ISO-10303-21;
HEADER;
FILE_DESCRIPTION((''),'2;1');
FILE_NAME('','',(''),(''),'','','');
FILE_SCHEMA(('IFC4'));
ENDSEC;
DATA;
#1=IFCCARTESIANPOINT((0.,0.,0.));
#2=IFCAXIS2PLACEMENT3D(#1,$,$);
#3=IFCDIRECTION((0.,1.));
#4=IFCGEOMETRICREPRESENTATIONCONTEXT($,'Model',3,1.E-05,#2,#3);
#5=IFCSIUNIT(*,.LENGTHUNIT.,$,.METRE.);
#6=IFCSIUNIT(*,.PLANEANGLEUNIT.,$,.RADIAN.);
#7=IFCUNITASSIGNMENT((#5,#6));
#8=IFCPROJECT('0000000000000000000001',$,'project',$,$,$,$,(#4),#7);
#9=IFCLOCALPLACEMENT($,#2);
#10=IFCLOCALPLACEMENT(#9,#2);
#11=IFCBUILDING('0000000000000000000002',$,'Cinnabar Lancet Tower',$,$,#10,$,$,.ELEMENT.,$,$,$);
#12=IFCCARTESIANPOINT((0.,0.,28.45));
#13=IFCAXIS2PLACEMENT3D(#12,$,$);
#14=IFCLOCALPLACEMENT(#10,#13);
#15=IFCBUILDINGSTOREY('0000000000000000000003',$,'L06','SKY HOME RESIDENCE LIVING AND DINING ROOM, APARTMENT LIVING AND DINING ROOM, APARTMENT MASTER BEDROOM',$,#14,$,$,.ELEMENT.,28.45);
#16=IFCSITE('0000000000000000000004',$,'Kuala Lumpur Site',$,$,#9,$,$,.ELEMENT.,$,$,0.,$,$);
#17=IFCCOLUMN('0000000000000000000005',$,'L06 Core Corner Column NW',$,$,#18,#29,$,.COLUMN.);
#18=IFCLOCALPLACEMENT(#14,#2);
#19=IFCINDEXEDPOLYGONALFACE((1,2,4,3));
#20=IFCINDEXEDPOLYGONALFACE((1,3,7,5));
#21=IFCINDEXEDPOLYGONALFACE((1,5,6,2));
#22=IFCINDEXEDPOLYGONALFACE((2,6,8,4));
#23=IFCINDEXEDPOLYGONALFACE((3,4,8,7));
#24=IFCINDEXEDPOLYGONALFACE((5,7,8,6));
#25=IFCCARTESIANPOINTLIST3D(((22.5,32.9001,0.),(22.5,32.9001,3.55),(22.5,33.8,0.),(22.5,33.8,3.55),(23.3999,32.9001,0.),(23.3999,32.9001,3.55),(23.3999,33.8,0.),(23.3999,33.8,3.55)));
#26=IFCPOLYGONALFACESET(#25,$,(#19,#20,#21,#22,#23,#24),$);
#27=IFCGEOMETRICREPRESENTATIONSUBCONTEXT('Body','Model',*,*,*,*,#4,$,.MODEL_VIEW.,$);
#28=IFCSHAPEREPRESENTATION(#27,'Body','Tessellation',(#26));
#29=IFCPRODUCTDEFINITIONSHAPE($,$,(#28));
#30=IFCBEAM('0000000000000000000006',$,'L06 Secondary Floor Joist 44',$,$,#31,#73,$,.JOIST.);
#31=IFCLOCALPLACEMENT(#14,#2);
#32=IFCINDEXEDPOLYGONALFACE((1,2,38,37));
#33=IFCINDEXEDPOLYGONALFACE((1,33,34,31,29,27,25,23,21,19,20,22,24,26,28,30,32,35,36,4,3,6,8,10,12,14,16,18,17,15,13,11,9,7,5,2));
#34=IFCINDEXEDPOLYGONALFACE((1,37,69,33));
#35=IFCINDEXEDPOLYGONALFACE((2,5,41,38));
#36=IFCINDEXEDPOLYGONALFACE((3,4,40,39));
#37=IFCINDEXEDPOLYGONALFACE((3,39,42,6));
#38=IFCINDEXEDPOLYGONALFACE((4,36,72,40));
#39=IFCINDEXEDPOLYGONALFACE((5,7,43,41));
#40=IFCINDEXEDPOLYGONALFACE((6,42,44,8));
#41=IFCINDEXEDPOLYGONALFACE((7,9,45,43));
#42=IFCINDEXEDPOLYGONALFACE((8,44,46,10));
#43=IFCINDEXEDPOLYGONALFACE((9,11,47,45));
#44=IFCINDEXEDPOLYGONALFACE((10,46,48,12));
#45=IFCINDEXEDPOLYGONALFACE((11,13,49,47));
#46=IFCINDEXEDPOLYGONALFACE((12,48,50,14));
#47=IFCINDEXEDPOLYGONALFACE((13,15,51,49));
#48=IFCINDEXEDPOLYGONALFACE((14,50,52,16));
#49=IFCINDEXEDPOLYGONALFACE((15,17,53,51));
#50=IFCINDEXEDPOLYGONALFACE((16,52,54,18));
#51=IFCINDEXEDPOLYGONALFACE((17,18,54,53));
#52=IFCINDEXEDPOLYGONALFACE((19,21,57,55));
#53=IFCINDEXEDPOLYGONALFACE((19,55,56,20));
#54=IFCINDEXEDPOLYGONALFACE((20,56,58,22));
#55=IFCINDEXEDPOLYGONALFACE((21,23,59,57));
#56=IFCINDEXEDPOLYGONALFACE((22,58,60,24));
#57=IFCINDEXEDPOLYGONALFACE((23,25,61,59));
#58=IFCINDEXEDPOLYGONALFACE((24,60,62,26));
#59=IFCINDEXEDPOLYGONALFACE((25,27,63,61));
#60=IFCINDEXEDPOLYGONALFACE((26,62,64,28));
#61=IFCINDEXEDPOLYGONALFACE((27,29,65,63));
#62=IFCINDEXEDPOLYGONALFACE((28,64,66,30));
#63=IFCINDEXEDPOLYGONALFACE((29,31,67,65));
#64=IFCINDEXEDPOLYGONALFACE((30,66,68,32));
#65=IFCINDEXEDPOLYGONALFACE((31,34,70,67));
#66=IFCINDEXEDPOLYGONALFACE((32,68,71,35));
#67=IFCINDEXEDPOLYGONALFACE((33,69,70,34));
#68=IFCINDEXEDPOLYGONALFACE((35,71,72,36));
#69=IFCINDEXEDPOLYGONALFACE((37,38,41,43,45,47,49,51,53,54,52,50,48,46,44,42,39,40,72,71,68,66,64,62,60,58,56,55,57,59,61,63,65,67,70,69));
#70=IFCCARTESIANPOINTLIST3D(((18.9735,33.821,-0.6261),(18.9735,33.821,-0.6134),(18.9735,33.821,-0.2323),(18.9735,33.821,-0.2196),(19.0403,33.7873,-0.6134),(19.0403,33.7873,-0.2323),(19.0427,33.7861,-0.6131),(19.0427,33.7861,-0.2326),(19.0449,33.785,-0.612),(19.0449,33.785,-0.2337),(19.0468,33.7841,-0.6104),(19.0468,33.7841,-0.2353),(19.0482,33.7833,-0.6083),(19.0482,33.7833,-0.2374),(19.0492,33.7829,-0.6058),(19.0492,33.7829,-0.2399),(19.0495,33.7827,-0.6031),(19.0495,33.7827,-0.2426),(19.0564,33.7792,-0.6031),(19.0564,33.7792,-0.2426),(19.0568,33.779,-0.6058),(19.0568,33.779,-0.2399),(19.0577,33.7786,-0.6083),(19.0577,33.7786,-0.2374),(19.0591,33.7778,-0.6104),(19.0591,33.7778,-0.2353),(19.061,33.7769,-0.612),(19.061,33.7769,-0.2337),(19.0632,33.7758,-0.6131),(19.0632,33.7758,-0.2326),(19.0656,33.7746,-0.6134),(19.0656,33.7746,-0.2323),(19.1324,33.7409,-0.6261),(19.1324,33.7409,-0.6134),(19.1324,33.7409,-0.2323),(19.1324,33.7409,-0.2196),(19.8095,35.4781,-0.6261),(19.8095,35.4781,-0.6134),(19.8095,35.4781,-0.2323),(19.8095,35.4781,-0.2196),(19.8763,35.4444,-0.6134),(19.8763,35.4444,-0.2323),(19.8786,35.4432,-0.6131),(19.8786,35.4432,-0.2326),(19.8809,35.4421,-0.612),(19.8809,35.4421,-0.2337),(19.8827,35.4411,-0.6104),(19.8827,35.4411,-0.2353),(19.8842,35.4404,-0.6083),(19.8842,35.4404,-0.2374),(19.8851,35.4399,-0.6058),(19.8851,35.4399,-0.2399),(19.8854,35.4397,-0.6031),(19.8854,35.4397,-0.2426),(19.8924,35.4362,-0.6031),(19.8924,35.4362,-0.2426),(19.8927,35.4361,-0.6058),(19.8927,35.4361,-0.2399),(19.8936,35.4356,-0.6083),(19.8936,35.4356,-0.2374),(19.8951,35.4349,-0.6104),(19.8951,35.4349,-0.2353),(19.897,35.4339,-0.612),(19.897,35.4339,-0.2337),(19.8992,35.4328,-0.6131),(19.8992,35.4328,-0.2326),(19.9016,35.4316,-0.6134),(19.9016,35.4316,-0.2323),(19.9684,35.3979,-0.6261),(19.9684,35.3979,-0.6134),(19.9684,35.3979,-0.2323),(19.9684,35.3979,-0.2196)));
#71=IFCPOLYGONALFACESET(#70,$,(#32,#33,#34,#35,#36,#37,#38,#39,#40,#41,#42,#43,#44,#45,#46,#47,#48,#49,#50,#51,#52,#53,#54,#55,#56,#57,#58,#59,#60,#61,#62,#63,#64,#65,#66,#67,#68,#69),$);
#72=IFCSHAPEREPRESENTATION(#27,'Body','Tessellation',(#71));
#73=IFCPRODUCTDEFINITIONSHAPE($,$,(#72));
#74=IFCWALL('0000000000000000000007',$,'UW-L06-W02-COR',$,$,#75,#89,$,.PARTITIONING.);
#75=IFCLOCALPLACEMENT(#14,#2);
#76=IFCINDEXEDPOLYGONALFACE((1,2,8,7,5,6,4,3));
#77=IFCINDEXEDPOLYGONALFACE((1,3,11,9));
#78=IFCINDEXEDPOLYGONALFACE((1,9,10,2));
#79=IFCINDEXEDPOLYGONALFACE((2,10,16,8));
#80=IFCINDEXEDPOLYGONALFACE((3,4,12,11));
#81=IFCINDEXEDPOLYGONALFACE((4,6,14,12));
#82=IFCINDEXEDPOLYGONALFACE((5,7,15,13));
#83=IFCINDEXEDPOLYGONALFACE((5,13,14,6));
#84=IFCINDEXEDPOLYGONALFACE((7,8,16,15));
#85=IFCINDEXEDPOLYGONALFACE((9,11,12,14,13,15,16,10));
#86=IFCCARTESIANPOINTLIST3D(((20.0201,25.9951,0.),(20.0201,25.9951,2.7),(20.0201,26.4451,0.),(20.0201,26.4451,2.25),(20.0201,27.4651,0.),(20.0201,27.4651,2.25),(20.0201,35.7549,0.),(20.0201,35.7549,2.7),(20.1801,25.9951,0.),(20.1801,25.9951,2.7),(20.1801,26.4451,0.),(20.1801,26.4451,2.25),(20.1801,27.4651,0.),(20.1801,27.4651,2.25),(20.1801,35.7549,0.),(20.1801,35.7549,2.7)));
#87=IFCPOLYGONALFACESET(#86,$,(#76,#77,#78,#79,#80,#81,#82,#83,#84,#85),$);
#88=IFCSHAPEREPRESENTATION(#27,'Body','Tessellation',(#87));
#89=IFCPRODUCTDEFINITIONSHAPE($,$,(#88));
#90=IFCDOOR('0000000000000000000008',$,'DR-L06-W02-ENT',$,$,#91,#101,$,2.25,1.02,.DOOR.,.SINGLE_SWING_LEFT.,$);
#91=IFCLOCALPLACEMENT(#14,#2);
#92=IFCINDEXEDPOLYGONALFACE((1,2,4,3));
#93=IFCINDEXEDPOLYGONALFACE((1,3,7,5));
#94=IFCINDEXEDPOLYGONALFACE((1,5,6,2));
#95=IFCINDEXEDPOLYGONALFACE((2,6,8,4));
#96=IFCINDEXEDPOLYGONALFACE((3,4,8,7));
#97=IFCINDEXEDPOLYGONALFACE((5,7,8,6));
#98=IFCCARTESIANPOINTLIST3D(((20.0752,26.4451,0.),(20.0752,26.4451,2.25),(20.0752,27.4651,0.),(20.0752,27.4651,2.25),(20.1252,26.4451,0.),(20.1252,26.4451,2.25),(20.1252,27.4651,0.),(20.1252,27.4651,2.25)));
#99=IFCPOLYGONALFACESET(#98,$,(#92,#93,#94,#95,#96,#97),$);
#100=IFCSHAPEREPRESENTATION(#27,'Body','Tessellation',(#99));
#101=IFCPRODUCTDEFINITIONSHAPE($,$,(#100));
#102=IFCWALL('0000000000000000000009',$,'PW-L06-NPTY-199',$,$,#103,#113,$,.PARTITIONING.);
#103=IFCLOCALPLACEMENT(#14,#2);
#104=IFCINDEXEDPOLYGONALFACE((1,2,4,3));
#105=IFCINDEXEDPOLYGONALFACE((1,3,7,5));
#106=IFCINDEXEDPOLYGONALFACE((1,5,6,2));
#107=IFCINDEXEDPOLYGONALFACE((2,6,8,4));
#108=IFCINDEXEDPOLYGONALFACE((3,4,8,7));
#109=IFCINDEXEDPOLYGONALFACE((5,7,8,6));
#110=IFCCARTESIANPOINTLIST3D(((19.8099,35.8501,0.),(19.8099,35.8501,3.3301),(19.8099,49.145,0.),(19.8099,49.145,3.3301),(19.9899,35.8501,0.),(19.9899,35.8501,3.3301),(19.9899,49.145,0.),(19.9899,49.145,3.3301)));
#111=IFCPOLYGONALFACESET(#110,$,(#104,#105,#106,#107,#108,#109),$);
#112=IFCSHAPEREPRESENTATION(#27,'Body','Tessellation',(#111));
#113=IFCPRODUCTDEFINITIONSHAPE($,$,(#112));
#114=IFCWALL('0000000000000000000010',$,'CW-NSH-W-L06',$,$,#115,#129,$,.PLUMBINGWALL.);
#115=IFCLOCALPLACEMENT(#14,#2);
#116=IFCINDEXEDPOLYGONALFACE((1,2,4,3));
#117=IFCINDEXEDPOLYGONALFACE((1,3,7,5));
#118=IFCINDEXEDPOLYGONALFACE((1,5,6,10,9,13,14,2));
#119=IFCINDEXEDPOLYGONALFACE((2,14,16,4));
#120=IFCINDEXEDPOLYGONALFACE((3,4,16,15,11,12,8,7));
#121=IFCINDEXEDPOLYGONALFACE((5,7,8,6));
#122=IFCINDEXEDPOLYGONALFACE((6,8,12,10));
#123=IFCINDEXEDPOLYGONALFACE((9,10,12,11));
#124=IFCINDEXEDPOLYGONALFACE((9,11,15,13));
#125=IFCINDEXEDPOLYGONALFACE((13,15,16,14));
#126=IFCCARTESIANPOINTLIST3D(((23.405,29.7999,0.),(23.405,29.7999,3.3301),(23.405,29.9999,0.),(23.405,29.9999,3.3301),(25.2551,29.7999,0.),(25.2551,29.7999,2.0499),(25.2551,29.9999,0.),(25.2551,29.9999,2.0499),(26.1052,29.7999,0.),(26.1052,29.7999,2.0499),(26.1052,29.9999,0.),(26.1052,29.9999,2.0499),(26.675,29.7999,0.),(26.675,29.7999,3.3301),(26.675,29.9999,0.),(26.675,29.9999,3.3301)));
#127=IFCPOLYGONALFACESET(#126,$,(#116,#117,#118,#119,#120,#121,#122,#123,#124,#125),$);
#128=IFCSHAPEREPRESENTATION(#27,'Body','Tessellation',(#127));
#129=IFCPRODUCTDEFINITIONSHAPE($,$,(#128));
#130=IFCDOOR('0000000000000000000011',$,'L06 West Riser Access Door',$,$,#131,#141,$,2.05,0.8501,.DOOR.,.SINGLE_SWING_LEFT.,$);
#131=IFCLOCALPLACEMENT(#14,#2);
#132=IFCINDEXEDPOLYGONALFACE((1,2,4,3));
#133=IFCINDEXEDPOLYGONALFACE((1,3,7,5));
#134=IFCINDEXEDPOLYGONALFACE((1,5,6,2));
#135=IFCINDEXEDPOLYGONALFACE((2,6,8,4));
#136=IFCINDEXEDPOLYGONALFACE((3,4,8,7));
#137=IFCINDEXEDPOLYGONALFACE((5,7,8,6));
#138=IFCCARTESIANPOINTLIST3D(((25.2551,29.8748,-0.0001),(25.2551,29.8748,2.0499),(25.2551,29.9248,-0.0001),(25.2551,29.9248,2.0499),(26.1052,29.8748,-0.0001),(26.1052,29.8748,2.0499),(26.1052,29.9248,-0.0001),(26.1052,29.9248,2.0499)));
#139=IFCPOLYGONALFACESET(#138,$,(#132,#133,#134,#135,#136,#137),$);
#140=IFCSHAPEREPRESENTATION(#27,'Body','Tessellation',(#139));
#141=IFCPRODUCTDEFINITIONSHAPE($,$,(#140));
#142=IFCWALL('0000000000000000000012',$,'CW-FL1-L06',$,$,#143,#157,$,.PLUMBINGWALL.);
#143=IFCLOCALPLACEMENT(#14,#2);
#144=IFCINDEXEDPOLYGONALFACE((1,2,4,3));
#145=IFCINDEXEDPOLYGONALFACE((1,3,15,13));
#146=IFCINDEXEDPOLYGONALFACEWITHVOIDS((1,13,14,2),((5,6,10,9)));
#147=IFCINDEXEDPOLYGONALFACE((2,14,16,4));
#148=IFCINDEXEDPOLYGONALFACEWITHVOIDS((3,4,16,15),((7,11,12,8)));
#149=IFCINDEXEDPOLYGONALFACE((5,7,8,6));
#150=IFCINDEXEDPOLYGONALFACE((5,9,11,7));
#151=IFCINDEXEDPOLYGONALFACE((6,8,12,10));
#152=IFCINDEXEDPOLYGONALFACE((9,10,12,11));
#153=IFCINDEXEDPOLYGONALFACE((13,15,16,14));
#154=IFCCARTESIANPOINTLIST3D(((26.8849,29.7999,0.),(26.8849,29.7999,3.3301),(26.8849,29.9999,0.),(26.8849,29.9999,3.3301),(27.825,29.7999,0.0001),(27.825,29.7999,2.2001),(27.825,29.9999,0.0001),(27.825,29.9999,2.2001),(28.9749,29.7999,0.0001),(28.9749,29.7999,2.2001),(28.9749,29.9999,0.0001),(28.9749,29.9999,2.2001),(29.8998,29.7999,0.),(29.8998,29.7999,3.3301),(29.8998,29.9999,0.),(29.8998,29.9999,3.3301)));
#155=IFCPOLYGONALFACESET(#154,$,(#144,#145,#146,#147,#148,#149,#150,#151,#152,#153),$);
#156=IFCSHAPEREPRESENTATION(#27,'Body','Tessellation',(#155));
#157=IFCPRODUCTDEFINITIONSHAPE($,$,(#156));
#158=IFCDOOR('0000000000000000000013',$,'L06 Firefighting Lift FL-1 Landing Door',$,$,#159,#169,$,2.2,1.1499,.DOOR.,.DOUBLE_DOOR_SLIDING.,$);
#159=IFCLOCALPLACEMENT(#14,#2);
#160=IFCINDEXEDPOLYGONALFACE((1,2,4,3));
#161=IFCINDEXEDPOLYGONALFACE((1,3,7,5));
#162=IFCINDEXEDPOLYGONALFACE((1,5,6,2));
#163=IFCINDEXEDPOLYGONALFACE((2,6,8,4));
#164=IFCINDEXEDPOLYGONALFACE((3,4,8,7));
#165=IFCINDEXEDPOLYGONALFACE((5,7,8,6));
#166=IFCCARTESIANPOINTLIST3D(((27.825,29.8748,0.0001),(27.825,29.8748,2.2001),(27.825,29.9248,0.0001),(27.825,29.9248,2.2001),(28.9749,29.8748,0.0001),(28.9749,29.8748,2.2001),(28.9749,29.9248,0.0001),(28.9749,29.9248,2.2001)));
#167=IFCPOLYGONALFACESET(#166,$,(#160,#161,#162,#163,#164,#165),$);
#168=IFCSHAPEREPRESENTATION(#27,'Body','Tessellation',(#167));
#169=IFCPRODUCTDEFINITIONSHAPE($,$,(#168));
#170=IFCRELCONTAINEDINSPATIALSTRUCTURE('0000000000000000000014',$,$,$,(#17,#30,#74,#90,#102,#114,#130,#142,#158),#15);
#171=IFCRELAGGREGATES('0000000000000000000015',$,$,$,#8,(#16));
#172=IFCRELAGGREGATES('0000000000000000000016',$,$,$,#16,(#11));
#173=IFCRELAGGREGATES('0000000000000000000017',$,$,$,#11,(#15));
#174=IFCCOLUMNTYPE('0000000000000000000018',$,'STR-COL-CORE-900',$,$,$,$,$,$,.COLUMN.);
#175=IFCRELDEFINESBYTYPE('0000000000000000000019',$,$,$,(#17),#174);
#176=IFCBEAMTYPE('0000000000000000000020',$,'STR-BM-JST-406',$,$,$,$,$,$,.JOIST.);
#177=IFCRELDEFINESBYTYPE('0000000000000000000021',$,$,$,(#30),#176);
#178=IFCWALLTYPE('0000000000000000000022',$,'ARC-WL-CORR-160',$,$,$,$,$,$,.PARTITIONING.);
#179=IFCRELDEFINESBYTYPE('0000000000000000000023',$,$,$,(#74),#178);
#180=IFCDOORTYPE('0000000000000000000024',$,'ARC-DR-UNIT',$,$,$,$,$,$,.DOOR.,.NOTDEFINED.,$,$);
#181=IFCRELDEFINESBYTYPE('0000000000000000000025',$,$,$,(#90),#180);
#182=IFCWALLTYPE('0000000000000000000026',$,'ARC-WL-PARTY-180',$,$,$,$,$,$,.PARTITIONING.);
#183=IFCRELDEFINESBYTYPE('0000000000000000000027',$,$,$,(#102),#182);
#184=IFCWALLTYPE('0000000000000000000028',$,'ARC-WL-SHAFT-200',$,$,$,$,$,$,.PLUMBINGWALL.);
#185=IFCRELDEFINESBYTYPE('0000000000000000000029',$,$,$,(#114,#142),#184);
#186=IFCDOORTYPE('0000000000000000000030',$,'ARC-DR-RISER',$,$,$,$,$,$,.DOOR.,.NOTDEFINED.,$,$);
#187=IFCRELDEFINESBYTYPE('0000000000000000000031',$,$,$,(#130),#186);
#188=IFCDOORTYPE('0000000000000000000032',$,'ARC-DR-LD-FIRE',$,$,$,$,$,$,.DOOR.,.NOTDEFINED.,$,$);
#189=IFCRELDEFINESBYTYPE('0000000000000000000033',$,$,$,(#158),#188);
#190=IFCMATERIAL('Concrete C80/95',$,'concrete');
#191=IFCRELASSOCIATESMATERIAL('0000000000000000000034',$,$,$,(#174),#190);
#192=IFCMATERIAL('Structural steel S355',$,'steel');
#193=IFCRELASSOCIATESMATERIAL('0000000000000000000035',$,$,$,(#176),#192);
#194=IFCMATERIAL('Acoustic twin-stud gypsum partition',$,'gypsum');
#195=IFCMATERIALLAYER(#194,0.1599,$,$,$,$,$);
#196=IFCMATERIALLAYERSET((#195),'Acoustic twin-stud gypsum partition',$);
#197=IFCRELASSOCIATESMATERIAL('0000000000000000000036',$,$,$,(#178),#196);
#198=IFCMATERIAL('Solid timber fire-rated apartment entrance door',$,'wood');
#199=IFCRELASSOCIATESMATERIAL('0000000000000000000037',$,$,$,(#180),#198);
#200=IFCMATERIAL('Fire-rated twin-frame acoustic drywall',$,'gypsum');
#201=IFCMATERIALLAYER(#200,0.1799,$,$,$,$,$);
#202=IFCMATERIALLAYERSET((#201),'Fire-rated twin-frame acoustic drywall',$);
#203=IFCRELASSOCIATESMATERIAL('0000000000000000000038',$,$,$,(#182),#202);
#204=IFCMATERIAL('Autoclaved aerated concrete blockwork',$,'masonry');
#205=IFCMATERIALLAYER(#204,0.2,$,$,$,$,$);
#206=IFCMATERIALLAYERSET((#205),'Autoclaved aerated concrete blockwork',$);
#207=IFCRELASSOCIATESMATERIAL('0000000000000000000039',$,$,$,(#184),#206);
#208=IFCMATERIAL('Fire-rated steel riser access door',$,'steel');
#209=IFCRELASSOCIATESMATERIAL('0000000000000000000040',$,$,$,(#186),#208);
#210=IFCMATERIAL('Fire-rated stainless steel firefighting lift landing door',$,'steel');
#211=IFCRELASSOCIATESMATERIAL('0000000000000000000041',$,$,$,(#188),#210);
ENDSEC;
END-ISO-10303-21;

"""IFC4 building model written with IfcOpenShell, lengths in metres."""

from ifc_helpers import new_model, si_unit, direction, frame, frame_2d, origin, origin_2d, place, context, subcontext, project, spatial, rectangle, i_section, extrude, material, layer, layer_set, material_profile, profile_set, type_object, element, fill, save


model = new_model("IFC4")

# Units and contexts
model_context = context("Model", 3, precision=1e-05, world=origin(), true_north=direction((0.0, 1.0)))
body_context = subcontext(model_context, "Body", "Model", "MODEL_VIEW")
ifc_project = project(units=[si_unit("LENGTHUNIT", "METRE"), si_unit("PLANEANGLEUNIT", "RADIAN")], contexts=[model_context])

# Site, building, storey
site_placement = place(None, origin())
site = spatial("IfcSite", under=ifc_project, at=site_placement, Name="Kuala Lumpur Site", CompositionType="ELEMENT", RefElevation=0.0)
building_placement = place(site_placement, origin())
building = spatial("IfcBuilding", under=site, at=building_placement, Name="Cinnabar Lancet Tower", CompositionType="ELEMENT")
storey_placement = place(building_placement, frame((0.0, 0.0, 28.45)))
storey = spatial("IfcBuildingStorey", under=building, at=storey_placement, Name="L06", Description="SKY HOME RESIDENCE LIVING AND DINING ROOM, APARTMENT LIVING AND DINING ROOM, APARTMENT MASTER BEDROOM", CompositionType="ELEMENT", Elevation=28.45)

# Column
ifc_material_1 = material(Name="Concrete C80/95", Category="concrete")
ifc_material_profile_1 = material_profile(ifc_material_1, rectangle(XDim=0.8999, YDim=0.8999, at=origin_2d()), Name="RC-COL 900x900")
ifc_profile_set_1 = profile_set([ifc_material_profile_1], Name="Concrete C80/95")
column_type = type_object("IfcColumnType", Name="STR-COL-CORE-900", PredefinedType="COLUMN", material=ifc_profile_set_1)
column_placement = place(storey_placement, frame((22.95, 33.3501, 0.0), z_axis=(0.0, 0.0, 1.0), x_axis=(1.0, 0.0, 0.0)))
element("IfcColumn", 1, at=column_placement, inside=storey, type_object=column_type, Name="L06 Core Corner Column NW", PredefinedType="COLUMN", context=body_context, shape_type="SweptSolid", body=[
    extrude(rectangle(XDim=0.8999, YDim=0.8999, at=origin_2d()), origin(), (0.0, 0.0, 1.0), 3.55),
])

# Beam
ifc_material_2 = material(Name="Structural steel S355", Category="steel")
ifc_material_profile_2 = material_profile(ifc_material_2, i_section(OverallWidth=0.178, OverallDepth=0.4065, WebThickness=0.0078, FlangeThickness=0.0127, FilletRadius=0.0103, at=origin_2d()), Name="UKB 406x178x60")
ifc_profile_set_2 = profile_set([ifc_material_profile_2], Name="Structural steel S355")
beam_type = type_object("IfcBeamType", Name="STR-BM-JST-406", PredefinedType="JOIST", material=ifc_profile_set_2)
beam_placement = place(storey_placement, frame((19.8889, 35.438, -0.4229), z_axis=(-0.45042, -0.892817, 0.0), x_axis=(0.892817, -0.45042, 0.0)))
element("IfcBeam", 2, at=beam_placement, inside=storey, type_object=beam_type, Name="L06 Secondary Floor Joist 44", PredefinedType="JOIST", context=body_context, shape_type="SweptSolid", body=[
    extrude(i_section(OverallWidth=0.178, OverallDepth=0.4065, WebThickness=0.0078, FlangeThickness=0.0127, FilletRadius=0.0103, at=origin_2d()), origin(), (0.0, 0.0, 1.0), 1.856),
])

# Wall, opening, door
ifc_material_3 = material(Name="Acoustic twin-stud gypsum partition", Category="gypsum")
ifc_layer_1 = layer(ifc_material_3, 0.1599)
ifc_layer_set_1 = layer_set([ifc_layer_1], Name="Acoustic twin-stud gypsum partition")
wall_type_1 = type_object("IfcWallType", Name="ARC-WL-CORR-160", PredefinedType="PARTITIONING", material=ifc_layer_set_1)
wall_1_placement = place(storey_placement, frame((20.1001, 25.9951, 0.0), z_axis=(0.0, 0.0, 1.0), x_axis=(0.0, 1.0, 0.0)))
wall_1 = element("IfcWall", 3, at=wall_1_placement, inside=storey, type_object=wall_type_1, Name="UW-L06-W02-COR", PredefinedType="PARTITIONING", context=body_context, shape_type="SweptSolid", body=[
    extrude(rectangle(XDim=9.7598, YDim=0.1599, at=frame_2d((4.8799, 0.0))), origin(), (0.0, 0.0, 1.0), 2.7),
])
opening_1_placement = place(wall_1_placement, frame((0.45, 0.0, 0.0)))
opening_1 = element("IfcOpeningElement", 4, at=opening_1_placement, cuts=wall_1, PredefinedType="OPENING", context=body_context, shape_type="SweptSolid", body=[
    extrude(rectangle(XDim=1.02, YDim=2.25, at=frame_2d((0.51, 1.125))), frame((0.0, 0.0898, 0.0), z_axis=(0.0, -1.0, 0.0), x_axis=(1.0, 0.0, 0.0)), (0.0, 0.0, 1.0), 0.1799),
])
ifc_material_4 = material(Name="Solid timber fire-rated apartment entrance door", Category="wood")
door_type_1 = type_object("IfcDoorType", Name="ARC-DR-UNIT", OperationType="NOTDEFINED", PredefinedType="DOOR", material=ifc_material_4)
door_1_placement = place(opening_1_placement, origin())
door_1 = element("IfcDoor", 5, at=door_1_placement, inside=storey, type_object=door_type_1, Name="DR-L06-W02-ENT", OperationType="SINGLE_SWING_LEFT", OverallHeight=2.25, OverallWidth=1.02, PredefinedType="DOOR", context=body_context, shape_type="SweptSolid", body=[
    extrude(rectangle(XDim=1.02, YDim=2.25, at=frame_2d((0.51, 1.125))), frame((0.0, 0.0249, 0.0), z_axis=(0.0, -1.0, 0.0), x_axis=(1.0, 0.0, 0.0)), (0.0, 0.0, 1.0), 0.05),
])
fill(opening_1, door_1)

# Wall
ifc_material_5 = material(Name="Fire-rated twin-frame acoustic drywall", Category="gypsum")
ifc_layer_2 = layer(ifc_material_5, 0.1799)
ifc_layer_set_2 = layer_set([ifc_layer_2], Name="Fire-rated twin-frame acoustic drywall")
wall_type_2 = type_object("IfcWallType", Name="ARC-WL-PARTY-180", PredefinedType="PARTITIONING", material=ifc_layer_set_2)
wall_2_placement = place(storey_placement, frame((19.8999, 35.8501, 0.0), z_axis=(0.0, 0.0, 1.0), x_axis=(0.0, 1.0, 0.0)))
element("IfcWall", 6, at=wall_2_placement, inside=storey, type_object=wall_type_2, Name="PW-L06-NPTY-199", PredefinedType="PARTITIONING", context=body_context, shape_type="SweptSolid", body=[
    extrude(rectangle(XDim=13.2949, YDim=0.1799, at=frame_2d((6.6475, 0.0))), origin(), (0.0, 0.0, 1.0), 3.3301),
])

# Walls, openings, doors
ifc_material_6 = material(Name="Autoclaved aerated concrete blockwork", Category="masonry")
ifc_layer_3 = layer(ifc_material_6, 0.2)
ifc_layer_set_3 = layer_set([ifc_layer_3], Name="Autoclaved aerated concrete blockwork")
wall_type_3 = type_object("IfcWallType", Name="ARC-WL-SHAFT-200", PredefinedType="PLUMBINGWALL", material=ifc_layer_set_3)
wall_3_placement = place(storey_placement, frame((23.405, 29.8999, 0.0), z_axis=(0.0, 0.0, 1.0), x_axis=(1.0, 0.0, 0.0)))
wall_3 = element("IfcWall", 7, at=wall_3_placement, inside=storey, type_object=wall_type_3, Name="CW-NSH-W-L06", PredefinedType="PLUMBINGWALL", context=body_context, shape_type="SweptSolid", body=[
    extrude(rectangle(XDim=3.27, YDim=0.2, at=frame_2d((1.635, 0.0))), origin(), (0.0, 0.0, 1.0), 3.3301),
])
opening_2_placement = place(wall_3_placement, frame((1.8501, 0.0, 0.0)))
opening_2 = element("IfcOpeningElement", 8, at=opening_2_placement, cuts=wall_3, PredefinedType="OPENING", context=body_context, shape_type="SweptSolid", body=[
    extrude(rectangle(XDim=0.8501, YDim=2.05, at=frame_2d((0.425, 1.0249))), frame((0.0, 0.1099, 0.0), z_axis=(0.0, -1.0, 0.0), x_axis=(1.0, 0.0, 0.0)), (0.0, 0.0, 1.0), 0.22),
])
ifc_material_7 = material(Name="Fire-rated steel riser access door", Category="steel")
door_type_2 = type_object("IfcDoorType", Name="ARC-DR-RISER", OperationType="NOTDEFINED", PredefinedType="DOOR", material=ifc_material_7)
door_2_placement = place(opening_2_placement, origin())
door_2 = element("IfcDoor", 9, at=door_2_placement, inside=storey, type_object=door_type_2, Name="L06 West Riser Access Door", OperationType="SINGLE_SWING_LEFT", OverallHeight=2.05, OverallWidth=0.8501, PredefinedType="DOOR", context=body_context, shape_type="SweptSolid", body=[
    extrude(rectangle(XDim=0.8501, YDim=2.05, at=frame_2d((0.425, 1.0249))), frame((0.0, 0.0249, 0.0), z_axis=(0.0, -1.0, 0.0), x_axis=(1.0, 0.0, 0.0)), (0.0, 0.0, 1.0), 0.05),
])
fill(opening_2, door_2)
wall_4_placement = place(storey_placement, frame((26.885, 29.8999, 0.0), z_axis=(0.0, 0.0, 1.0), x_axis=(1.0, 0.0, 0.0)))
wall_4 = element("IfcWall", 10, at=wall_4_placement, inside=storey, type_object=wall_type_3, Name="CW-FL1-L06", PredefinedType="PLUMBINGWALL", context=body_context, shape_type="SweptSolid", body=[
    extrude(rectangle(XDim=3.0149, YDim=0.2, at=frame_2d((1.5073, 0.0))), origin(), (0.0, 0.0, 1.0), 3.3301),
])
opening_3_placement = place(wall_4_placement, frame((0.9399, 0.0, 0.0)))
opening_3 = element("IfcOpeningElement", 11, at=opening_3_placement, cuts=wall_4, PredefinedType="OPENING", context=body_context, shape_type="SweptSolid", body=[
    extrude(rectangle(XDim=1.1499, YDim=2.2, at=frame_2d((0.575, 1.1001))), frame((0.0, 0.1099, 0.0), z_axis=(0.0, -1.0, 0.0), x_axis=(1.0, 0.0, 0.0)), (0.0, 0.0, 1.0), 0.22),
])
ifc_material_8 = material(Name="Fire-rated stainless steel firefighting lift landing door", Category="steel")
door_type_3 = type_object("IfcDoorType", Name="ARC-DR-LD-FIRE", OperationType="NOTDEFINED", PredefinedType="DOOR", material=ifc_material_8)
door_3_placement = place(opening_3_placement, origin())
door_3 = element("IfcDoor", 12, at=door_3_placement, inside=storey, type_object=door_type_3, Name="L06 Firefighting Lift FL-1 Landing Door", OperationType="DOUBLE_DOOR_SLIDING", OverallHeight=2.2, OverallWidth=1.1499, PredefinedType="DOOR", context=body_context, shape_type="SweptSolid", body=[
    extrude(rectangle(XDim=1.1499, YDim=2.2, at=frame_2d((0.575, 1.1001))), frame((0.0, 0.0249, 0.0), z_axis=(0.0, -1.0, 0.0), x_axis=(1.0, 0.0, 0.0)), (0.0, 0.0, 1.0), 0.05),
])
fill(opening_3, door_3)

save(model, "model.ifc")
